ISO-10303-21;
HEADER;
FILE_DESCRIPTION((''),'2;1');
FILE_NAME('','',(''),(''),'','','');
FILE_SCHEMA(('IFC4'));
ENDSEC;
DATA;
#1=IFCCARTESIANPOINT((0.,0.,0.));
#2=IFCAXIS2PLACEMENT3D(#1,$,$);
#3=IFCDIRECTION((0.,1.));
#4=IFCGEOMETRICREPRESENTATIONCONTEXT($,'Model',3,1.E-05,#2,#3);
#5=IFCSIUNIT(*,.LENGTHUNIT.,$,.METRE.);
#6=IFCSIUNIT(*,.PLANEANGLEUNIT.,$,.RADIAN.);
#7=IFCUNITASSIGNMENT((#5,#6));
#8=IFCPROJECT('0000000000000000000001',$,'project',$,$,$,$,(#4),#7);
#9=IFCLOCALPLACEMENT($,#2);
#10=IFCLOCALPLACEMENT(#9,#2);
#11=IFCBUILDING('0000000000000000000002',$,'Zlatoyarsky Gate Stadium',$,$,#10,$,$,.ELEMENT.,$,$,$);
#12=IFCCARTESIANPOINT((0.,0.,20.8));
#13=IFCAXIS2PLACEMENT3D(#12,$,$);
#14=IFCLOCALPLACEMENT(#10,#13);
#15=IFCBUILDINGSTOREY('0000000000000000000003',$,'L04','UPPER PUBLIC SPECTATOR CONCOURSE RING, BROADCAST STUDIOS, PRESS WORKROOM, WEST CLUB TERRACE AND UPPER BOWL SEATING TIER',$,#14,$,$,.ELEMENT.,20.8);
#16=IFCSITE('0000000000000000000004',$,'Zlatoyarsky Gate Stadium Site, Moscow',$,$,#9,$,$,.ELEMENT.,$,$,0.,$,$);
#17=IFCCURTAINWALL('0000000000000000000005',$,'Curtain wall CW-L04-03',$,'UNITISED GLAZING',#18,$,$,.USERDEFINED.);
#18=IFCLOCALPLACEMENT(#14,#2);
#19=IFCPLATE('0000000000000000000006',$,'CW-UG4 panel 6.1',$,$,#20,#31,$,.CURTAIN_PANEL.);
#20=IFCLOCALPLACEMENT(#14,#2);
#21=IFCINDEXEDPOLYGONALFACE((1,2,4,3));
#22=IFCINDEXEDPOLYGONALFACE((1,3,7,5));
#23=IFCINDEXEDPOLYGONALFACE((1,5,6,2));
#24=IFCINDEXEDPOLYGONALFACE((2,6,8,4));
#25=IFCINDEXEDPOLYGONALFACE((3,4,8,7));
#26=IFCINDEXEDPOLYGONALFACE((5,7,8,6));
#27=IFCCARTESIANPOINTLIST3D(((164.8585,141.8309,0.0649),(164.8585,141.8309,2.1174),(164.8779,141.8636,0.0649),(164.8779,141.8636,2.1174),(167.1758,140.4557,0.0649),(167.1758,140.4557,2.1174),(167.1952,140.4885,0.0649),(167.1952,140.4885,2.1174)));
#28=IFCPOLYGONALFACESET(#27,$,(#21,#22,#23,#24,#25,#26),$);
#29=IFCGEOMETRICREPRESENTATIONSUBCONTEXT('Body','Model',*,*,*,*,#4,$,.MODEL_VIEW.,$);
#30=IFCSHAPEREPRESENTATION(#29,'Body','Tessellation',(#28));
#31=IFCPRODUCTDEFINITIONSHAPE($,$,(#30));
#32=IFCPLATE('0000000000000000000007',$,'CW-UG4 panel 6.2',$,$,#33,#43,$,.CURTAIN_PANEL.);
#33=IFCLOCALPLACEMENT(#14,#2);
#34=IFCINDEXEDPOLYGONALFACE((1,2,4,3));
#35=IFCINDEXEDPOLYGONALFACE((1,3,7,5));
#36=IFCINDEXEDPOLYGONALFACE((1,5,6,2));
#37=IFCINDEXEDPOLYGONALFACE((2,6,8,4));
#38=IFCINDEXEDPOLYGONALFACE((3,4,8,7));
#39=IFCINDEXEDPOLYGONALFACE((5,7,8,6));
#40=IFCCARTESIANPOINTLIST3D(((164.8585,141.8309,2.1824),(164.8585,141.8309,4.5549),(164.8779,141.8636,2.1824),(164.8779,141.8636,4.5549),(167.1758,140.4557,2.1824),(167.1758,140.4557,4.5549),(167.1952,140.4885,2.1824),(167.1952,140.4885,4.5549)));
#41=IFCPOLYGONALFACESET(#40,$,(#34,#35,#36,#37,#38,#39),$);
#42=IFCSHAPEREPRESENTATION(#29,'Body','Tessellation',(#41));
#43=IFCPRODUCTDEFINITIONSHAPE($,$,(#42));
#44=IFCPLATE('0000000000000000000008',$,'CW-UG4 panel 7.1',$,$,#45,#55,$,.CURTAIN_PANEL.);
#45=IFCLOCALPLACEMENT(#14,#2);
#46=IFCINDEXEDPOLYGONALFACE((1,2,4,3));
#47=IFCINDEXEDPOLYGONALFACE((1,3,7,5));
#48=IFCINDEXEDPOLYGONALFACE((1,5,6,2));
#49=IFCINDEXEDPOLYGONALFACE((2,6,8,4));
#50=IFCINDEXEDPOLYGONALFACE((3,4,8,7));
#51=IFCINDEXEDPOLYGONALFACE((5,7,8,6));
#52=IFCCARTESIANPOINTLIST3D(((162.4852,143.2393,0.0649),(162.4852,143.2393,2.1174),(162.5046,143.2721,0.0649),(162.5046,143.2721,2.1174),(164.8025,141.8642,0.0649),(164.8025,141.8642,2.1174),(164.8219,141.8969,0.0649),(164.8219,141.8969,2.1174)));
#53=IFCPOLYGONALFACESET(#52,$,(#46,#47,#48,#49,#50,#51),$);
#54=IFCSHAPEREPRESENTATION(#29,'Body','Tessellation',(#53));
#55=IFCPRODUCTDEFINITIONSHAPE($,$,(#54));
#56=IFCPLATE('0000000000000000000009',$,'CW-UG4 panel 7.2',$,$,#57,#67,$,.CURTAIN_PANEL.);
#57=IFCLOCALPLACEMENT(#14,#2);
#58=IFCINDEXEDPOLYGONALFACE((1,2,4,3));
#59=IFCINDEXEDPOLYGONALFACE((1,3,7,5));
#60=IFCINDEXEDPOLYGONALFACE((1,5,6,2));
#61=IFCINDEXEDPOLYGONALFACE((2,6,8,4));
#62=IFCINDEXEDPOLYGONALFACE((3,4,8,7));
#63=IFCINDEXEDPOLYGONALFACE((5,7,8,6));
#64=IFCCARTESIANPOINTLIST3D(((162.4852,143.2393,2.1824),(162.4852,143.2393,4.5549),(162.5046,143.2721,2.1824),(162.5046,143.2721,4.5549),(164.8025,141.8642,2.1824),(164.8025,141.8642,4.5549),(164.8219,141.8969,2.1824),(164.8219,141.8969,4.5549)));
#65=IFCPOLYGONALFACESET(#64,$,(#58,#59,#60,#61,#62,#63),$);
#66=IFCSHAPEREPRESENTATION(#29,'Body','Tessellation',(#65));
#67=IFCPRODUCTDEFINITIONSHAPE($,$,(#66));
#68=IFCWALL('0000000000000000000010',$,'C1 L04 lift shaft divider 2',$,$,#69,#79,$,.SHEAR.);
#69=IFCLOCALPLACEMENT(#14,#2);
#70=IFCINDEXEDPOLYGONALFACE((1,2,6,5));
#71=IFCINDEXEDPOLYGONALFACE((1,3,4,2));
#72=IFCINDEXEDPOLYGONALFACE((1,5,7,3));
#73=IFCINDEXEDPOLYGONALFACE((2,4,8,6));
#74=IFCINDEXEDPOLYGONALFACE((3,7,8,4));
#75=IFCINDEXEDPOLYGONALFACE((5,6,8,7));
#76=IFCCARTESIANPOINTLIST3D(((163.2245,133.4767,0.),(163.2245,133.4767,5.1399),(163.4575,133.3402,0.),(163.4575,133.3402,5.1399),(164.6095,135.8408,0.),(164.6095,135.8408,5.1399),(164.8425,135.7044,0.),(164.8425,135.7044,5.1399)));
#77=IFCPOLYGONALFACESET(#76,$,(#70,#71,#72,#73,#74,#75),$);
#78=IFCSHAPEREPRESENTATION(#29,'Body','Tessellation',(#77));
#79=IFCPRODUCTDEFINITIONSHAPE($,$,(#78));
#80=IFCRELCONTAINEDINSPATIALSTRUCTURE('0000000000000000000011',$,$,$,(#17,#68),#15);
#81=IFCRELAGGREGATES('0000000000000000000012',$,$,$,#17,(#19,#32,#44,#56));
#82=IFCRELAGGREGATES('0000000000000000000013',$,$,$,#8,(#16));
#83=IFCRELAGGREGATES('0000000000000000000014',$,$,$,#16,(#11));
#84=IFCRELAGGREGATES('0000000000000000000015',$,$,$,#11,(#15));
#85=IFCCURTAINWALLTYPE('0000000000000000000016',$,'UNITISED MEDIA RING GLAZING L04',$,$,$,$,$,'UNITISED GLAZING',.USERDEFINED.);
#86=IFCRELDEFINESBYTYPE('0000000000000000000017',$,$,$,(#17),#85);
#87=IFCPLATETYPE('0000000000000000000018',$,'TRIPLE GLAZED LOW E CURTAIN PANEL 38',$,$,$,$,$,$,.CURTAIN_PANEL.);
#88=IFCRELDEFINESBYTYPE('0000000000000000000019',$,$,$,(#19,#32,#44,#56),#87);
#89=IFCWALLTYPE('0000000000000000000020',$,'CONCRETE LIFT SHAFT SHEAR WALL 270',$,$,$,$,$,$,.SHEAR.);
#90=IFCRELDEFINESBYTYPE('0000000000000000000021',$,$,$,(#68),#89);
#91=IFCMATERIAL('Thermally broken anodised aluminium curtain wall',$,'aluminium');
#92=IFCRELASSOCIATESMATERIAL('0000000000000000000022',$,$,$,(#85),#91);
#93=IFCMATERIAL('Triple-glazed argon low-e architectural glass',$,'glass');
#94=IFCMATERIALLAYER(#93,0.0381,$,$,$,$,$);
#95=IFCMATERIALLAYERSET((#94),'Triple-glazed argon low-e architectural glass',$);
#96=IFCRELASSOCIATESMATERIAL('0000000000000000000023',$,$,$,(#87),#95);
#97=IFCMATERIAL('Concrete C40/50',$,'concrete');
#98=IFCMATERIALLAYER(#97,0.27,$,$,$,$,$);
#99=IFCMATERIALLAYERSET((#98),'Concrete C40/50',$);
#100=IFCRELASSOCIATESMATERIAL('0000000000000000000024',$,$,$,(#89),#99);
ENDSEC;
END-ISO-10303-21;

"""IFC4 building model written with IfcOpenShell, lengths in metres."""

from ifc_helpers import new_model, si_unit, direction, frame, frame_2d, origin, origin_2d, place, context, subcontext, project, spatial, rectangle, extrude, material, layer, layer_set, type_object, element, aggregate, save


model = new_model("IFC4")

# Units and contexts
model_context = context("Model", 3, precision=1e-05, world=origin(), true_north=direction((0.0, 1.0)))
body_context = subcontext(model_context, "Body", "Model", "MODEL_VIEW")
ifc_project = project(units=[si_unit("LENGTHUNIT", "METRE"), si_unit("PLANEANGLEUNIT", "RADIAN")], contexts=[model_context])

# Site, building, storey
site_placement = place(None, origin())
site = spatial("IfcSite", under=ifc_project, at=site_placement, Name="Zlatoyarsky Gate Stadium Site, Moscow", CompositionType="ELEMENT", RefElevation=0.0)
building_placement = place(site_placement, origin())
building = spatial("IfcBuilding", under=site, at=building_placement, Name="Zlatoyarsky Gate Stadium", CompositionType="ELEMENT")
storey_placement = place(building_placement, frame((0.0, 0.0, 20.8)))
storey = spatial("IfcBuildingStorey", under=building, at=storey_placement, Name="L04", Description="UPPER PUBLIC SPECTATOR CONCOURSE RING, BROADCAST STUDIOS, PRESS WORKROOM, WEST CLUB TERRACE AND UPPER BOWL SEATING TIER", CompositionType="ELEMENT", Elevation=20.8)

# Curtain wall
ifc_material_1 = material(Name="Thermally broken anodised aluminium curtain wall", Category="aluminium")
curtain_wall_type = type_object("IfcCurtainWallType", Name="UNITISED MEDIA RING GLAZING L04", ElementType="UNITISED GLAZING", PredefinedType="USERDEFINED", material=ifc_material_1)
curtain_wall_placement = place(storey_placement, origin())
curtain_wall = element("IfcCurtainWall", 1, at=curtain_wall_placement, inside=storey, type_object=curtain_wall_type, Name="Curtain wall CW-L04-03", ObjectType="UNITISED GLAZING", PredefinedType="USERDEFINED")

# Plates
ifc_material_2 = material(Name="Triple-glazed argon low-e architectural glass", Category="glass")
ifc_layer_1 = layer(ifc_material_2, 0.0381)
ifc_layer_set_1 = layer_set([ifc_layer_1], Name="Triple-glazed argon low-e architectural glass")
plate_type_1 = type_object("IfcPlateType", Name="TRIPLE GLAZED LOW E CURTAIN PANEL 38", PredefinedType="CURTAIN_PANEL", material=ifc_layer_set_1)
plate_1_placement = place(storey_placement, frame((166.0269, 141.1597, 0.0649), z_axis=(0.0, 0.0, 1.0), x_axis=(-0.859978, 0.51033, 0.0)))
plate_1 = element("IfcPlate", 2, at=plate_1_placement, type_object=plate_type_1, Name="CW-UG4 panel 6.1", PredefinedType="CURTAIN_PANEL", context=body_context, shape_type="SweptSolid", body=[
    extrude(rectangle(XDim=2.6946, YDim=0.0381, at=origin_2d()), origin(), (0.0, 0.0, 1.0), 2.0525),
])
plate_2_placement = place(storey_placement, frame((166.0269, 141.1597, 2.1824), z_axis=(0.0, 0.0, 1.0), x_axis=(-0.859978, 0.51033, 0.0)))
plate_2 = element("IfcPlate", 3, at=plate_2_placement, type_object=plate_type_1, Name="CW-UG4 panel 6.2", PredefinedType="CURTAIN_PANEL", context=body_context, shape_type="SweptSolid", body=[
    extrude(rectangle(XDim=2.6946, YDim=0.0381, at=origin_2d()), origin(), (0.0, 0.0, 1.0), 2.3726),
])
plate_3_placement = place(storey_placement, frame((163.6536, 142.5681, 0.0649), z_axis=(0.0, 0.0, 1.0), x_axis=(-0.859978, 0.51033, 0.0)))
plate_3 = element("IfcPlate", 4, at=plate_3_placement, type_object=plate_type_1, Name="CW-UG4 panel 7.1", PredefinedType="CURTAIN_PANEL", context=body_context, shape_type="SweptSolid", body=[
    extrude(rectangle(XDim=2.6946, YDim=0.0381, at=origin_2d()), origin(), (0.0, 0.0, 1.0), 2.0525),
])
plate_4_placement = place(storey_placement, frame((163.6536, 142.5681, 2.1824), z_axis=(0.0, 0.0, 1.0), x_axis=(-0.859978, 0.51033, 0.0)))
plate_4 = element("IfcPlate", 5, at=plate_4_placement, type_object=plate_type_1, Name="CW-UG4 panel 7.2", PredefinedType="CURTAIN_PANEL", context=body_context, shape_type="SweptSolid", body=[
    extrude(rectangle(XDim=2.6946, YDim=0.0381, at=origin_2d()), origin(), (0.0, 0.0, 1.0), 2.3726),
])
aggregate(curtain_wall, [plate_1, plate_2, plate_3, plate_4])

# Wall
ifc_material_3 = material(Name="Concrete C40/50", Category="concrete")
ifc_layer_2 = layer(ifc_material_3, 0.27)
ifc_layer_set_2 = layer_set([ifc_layer_2], Name="Concrete C40/50")
wall_type = type_object("IfcWallType", Name="CONCRETE LIFT SHAFT SHEAR WALL 270", PredefinedType="SHEAR", material=ifc_layer_set_2)
wall_placement = place(storey_placement, frame((164.7261, 135.7727, 0.0), z_axis=(0.0, 0.0, 1.0), x_axis=(-0.505466, -0.862847, 0.0)))
element("IfcWall", 6, at=wall_placement, inside=storey, type_object=wall_type, Name="C1 L04 lift shaft divider 2", PredefinedType="SHEAR", context=body_context, shape_type="SweptSolid", body=[
    extrude(rectangle(XDim=2.74, YDim=0.27, at=frame_2d((1.3701, 0.0))), origin(), (0.0, 0.0, 1.0), 5.1399),
])

save(model, "model.ifc")
